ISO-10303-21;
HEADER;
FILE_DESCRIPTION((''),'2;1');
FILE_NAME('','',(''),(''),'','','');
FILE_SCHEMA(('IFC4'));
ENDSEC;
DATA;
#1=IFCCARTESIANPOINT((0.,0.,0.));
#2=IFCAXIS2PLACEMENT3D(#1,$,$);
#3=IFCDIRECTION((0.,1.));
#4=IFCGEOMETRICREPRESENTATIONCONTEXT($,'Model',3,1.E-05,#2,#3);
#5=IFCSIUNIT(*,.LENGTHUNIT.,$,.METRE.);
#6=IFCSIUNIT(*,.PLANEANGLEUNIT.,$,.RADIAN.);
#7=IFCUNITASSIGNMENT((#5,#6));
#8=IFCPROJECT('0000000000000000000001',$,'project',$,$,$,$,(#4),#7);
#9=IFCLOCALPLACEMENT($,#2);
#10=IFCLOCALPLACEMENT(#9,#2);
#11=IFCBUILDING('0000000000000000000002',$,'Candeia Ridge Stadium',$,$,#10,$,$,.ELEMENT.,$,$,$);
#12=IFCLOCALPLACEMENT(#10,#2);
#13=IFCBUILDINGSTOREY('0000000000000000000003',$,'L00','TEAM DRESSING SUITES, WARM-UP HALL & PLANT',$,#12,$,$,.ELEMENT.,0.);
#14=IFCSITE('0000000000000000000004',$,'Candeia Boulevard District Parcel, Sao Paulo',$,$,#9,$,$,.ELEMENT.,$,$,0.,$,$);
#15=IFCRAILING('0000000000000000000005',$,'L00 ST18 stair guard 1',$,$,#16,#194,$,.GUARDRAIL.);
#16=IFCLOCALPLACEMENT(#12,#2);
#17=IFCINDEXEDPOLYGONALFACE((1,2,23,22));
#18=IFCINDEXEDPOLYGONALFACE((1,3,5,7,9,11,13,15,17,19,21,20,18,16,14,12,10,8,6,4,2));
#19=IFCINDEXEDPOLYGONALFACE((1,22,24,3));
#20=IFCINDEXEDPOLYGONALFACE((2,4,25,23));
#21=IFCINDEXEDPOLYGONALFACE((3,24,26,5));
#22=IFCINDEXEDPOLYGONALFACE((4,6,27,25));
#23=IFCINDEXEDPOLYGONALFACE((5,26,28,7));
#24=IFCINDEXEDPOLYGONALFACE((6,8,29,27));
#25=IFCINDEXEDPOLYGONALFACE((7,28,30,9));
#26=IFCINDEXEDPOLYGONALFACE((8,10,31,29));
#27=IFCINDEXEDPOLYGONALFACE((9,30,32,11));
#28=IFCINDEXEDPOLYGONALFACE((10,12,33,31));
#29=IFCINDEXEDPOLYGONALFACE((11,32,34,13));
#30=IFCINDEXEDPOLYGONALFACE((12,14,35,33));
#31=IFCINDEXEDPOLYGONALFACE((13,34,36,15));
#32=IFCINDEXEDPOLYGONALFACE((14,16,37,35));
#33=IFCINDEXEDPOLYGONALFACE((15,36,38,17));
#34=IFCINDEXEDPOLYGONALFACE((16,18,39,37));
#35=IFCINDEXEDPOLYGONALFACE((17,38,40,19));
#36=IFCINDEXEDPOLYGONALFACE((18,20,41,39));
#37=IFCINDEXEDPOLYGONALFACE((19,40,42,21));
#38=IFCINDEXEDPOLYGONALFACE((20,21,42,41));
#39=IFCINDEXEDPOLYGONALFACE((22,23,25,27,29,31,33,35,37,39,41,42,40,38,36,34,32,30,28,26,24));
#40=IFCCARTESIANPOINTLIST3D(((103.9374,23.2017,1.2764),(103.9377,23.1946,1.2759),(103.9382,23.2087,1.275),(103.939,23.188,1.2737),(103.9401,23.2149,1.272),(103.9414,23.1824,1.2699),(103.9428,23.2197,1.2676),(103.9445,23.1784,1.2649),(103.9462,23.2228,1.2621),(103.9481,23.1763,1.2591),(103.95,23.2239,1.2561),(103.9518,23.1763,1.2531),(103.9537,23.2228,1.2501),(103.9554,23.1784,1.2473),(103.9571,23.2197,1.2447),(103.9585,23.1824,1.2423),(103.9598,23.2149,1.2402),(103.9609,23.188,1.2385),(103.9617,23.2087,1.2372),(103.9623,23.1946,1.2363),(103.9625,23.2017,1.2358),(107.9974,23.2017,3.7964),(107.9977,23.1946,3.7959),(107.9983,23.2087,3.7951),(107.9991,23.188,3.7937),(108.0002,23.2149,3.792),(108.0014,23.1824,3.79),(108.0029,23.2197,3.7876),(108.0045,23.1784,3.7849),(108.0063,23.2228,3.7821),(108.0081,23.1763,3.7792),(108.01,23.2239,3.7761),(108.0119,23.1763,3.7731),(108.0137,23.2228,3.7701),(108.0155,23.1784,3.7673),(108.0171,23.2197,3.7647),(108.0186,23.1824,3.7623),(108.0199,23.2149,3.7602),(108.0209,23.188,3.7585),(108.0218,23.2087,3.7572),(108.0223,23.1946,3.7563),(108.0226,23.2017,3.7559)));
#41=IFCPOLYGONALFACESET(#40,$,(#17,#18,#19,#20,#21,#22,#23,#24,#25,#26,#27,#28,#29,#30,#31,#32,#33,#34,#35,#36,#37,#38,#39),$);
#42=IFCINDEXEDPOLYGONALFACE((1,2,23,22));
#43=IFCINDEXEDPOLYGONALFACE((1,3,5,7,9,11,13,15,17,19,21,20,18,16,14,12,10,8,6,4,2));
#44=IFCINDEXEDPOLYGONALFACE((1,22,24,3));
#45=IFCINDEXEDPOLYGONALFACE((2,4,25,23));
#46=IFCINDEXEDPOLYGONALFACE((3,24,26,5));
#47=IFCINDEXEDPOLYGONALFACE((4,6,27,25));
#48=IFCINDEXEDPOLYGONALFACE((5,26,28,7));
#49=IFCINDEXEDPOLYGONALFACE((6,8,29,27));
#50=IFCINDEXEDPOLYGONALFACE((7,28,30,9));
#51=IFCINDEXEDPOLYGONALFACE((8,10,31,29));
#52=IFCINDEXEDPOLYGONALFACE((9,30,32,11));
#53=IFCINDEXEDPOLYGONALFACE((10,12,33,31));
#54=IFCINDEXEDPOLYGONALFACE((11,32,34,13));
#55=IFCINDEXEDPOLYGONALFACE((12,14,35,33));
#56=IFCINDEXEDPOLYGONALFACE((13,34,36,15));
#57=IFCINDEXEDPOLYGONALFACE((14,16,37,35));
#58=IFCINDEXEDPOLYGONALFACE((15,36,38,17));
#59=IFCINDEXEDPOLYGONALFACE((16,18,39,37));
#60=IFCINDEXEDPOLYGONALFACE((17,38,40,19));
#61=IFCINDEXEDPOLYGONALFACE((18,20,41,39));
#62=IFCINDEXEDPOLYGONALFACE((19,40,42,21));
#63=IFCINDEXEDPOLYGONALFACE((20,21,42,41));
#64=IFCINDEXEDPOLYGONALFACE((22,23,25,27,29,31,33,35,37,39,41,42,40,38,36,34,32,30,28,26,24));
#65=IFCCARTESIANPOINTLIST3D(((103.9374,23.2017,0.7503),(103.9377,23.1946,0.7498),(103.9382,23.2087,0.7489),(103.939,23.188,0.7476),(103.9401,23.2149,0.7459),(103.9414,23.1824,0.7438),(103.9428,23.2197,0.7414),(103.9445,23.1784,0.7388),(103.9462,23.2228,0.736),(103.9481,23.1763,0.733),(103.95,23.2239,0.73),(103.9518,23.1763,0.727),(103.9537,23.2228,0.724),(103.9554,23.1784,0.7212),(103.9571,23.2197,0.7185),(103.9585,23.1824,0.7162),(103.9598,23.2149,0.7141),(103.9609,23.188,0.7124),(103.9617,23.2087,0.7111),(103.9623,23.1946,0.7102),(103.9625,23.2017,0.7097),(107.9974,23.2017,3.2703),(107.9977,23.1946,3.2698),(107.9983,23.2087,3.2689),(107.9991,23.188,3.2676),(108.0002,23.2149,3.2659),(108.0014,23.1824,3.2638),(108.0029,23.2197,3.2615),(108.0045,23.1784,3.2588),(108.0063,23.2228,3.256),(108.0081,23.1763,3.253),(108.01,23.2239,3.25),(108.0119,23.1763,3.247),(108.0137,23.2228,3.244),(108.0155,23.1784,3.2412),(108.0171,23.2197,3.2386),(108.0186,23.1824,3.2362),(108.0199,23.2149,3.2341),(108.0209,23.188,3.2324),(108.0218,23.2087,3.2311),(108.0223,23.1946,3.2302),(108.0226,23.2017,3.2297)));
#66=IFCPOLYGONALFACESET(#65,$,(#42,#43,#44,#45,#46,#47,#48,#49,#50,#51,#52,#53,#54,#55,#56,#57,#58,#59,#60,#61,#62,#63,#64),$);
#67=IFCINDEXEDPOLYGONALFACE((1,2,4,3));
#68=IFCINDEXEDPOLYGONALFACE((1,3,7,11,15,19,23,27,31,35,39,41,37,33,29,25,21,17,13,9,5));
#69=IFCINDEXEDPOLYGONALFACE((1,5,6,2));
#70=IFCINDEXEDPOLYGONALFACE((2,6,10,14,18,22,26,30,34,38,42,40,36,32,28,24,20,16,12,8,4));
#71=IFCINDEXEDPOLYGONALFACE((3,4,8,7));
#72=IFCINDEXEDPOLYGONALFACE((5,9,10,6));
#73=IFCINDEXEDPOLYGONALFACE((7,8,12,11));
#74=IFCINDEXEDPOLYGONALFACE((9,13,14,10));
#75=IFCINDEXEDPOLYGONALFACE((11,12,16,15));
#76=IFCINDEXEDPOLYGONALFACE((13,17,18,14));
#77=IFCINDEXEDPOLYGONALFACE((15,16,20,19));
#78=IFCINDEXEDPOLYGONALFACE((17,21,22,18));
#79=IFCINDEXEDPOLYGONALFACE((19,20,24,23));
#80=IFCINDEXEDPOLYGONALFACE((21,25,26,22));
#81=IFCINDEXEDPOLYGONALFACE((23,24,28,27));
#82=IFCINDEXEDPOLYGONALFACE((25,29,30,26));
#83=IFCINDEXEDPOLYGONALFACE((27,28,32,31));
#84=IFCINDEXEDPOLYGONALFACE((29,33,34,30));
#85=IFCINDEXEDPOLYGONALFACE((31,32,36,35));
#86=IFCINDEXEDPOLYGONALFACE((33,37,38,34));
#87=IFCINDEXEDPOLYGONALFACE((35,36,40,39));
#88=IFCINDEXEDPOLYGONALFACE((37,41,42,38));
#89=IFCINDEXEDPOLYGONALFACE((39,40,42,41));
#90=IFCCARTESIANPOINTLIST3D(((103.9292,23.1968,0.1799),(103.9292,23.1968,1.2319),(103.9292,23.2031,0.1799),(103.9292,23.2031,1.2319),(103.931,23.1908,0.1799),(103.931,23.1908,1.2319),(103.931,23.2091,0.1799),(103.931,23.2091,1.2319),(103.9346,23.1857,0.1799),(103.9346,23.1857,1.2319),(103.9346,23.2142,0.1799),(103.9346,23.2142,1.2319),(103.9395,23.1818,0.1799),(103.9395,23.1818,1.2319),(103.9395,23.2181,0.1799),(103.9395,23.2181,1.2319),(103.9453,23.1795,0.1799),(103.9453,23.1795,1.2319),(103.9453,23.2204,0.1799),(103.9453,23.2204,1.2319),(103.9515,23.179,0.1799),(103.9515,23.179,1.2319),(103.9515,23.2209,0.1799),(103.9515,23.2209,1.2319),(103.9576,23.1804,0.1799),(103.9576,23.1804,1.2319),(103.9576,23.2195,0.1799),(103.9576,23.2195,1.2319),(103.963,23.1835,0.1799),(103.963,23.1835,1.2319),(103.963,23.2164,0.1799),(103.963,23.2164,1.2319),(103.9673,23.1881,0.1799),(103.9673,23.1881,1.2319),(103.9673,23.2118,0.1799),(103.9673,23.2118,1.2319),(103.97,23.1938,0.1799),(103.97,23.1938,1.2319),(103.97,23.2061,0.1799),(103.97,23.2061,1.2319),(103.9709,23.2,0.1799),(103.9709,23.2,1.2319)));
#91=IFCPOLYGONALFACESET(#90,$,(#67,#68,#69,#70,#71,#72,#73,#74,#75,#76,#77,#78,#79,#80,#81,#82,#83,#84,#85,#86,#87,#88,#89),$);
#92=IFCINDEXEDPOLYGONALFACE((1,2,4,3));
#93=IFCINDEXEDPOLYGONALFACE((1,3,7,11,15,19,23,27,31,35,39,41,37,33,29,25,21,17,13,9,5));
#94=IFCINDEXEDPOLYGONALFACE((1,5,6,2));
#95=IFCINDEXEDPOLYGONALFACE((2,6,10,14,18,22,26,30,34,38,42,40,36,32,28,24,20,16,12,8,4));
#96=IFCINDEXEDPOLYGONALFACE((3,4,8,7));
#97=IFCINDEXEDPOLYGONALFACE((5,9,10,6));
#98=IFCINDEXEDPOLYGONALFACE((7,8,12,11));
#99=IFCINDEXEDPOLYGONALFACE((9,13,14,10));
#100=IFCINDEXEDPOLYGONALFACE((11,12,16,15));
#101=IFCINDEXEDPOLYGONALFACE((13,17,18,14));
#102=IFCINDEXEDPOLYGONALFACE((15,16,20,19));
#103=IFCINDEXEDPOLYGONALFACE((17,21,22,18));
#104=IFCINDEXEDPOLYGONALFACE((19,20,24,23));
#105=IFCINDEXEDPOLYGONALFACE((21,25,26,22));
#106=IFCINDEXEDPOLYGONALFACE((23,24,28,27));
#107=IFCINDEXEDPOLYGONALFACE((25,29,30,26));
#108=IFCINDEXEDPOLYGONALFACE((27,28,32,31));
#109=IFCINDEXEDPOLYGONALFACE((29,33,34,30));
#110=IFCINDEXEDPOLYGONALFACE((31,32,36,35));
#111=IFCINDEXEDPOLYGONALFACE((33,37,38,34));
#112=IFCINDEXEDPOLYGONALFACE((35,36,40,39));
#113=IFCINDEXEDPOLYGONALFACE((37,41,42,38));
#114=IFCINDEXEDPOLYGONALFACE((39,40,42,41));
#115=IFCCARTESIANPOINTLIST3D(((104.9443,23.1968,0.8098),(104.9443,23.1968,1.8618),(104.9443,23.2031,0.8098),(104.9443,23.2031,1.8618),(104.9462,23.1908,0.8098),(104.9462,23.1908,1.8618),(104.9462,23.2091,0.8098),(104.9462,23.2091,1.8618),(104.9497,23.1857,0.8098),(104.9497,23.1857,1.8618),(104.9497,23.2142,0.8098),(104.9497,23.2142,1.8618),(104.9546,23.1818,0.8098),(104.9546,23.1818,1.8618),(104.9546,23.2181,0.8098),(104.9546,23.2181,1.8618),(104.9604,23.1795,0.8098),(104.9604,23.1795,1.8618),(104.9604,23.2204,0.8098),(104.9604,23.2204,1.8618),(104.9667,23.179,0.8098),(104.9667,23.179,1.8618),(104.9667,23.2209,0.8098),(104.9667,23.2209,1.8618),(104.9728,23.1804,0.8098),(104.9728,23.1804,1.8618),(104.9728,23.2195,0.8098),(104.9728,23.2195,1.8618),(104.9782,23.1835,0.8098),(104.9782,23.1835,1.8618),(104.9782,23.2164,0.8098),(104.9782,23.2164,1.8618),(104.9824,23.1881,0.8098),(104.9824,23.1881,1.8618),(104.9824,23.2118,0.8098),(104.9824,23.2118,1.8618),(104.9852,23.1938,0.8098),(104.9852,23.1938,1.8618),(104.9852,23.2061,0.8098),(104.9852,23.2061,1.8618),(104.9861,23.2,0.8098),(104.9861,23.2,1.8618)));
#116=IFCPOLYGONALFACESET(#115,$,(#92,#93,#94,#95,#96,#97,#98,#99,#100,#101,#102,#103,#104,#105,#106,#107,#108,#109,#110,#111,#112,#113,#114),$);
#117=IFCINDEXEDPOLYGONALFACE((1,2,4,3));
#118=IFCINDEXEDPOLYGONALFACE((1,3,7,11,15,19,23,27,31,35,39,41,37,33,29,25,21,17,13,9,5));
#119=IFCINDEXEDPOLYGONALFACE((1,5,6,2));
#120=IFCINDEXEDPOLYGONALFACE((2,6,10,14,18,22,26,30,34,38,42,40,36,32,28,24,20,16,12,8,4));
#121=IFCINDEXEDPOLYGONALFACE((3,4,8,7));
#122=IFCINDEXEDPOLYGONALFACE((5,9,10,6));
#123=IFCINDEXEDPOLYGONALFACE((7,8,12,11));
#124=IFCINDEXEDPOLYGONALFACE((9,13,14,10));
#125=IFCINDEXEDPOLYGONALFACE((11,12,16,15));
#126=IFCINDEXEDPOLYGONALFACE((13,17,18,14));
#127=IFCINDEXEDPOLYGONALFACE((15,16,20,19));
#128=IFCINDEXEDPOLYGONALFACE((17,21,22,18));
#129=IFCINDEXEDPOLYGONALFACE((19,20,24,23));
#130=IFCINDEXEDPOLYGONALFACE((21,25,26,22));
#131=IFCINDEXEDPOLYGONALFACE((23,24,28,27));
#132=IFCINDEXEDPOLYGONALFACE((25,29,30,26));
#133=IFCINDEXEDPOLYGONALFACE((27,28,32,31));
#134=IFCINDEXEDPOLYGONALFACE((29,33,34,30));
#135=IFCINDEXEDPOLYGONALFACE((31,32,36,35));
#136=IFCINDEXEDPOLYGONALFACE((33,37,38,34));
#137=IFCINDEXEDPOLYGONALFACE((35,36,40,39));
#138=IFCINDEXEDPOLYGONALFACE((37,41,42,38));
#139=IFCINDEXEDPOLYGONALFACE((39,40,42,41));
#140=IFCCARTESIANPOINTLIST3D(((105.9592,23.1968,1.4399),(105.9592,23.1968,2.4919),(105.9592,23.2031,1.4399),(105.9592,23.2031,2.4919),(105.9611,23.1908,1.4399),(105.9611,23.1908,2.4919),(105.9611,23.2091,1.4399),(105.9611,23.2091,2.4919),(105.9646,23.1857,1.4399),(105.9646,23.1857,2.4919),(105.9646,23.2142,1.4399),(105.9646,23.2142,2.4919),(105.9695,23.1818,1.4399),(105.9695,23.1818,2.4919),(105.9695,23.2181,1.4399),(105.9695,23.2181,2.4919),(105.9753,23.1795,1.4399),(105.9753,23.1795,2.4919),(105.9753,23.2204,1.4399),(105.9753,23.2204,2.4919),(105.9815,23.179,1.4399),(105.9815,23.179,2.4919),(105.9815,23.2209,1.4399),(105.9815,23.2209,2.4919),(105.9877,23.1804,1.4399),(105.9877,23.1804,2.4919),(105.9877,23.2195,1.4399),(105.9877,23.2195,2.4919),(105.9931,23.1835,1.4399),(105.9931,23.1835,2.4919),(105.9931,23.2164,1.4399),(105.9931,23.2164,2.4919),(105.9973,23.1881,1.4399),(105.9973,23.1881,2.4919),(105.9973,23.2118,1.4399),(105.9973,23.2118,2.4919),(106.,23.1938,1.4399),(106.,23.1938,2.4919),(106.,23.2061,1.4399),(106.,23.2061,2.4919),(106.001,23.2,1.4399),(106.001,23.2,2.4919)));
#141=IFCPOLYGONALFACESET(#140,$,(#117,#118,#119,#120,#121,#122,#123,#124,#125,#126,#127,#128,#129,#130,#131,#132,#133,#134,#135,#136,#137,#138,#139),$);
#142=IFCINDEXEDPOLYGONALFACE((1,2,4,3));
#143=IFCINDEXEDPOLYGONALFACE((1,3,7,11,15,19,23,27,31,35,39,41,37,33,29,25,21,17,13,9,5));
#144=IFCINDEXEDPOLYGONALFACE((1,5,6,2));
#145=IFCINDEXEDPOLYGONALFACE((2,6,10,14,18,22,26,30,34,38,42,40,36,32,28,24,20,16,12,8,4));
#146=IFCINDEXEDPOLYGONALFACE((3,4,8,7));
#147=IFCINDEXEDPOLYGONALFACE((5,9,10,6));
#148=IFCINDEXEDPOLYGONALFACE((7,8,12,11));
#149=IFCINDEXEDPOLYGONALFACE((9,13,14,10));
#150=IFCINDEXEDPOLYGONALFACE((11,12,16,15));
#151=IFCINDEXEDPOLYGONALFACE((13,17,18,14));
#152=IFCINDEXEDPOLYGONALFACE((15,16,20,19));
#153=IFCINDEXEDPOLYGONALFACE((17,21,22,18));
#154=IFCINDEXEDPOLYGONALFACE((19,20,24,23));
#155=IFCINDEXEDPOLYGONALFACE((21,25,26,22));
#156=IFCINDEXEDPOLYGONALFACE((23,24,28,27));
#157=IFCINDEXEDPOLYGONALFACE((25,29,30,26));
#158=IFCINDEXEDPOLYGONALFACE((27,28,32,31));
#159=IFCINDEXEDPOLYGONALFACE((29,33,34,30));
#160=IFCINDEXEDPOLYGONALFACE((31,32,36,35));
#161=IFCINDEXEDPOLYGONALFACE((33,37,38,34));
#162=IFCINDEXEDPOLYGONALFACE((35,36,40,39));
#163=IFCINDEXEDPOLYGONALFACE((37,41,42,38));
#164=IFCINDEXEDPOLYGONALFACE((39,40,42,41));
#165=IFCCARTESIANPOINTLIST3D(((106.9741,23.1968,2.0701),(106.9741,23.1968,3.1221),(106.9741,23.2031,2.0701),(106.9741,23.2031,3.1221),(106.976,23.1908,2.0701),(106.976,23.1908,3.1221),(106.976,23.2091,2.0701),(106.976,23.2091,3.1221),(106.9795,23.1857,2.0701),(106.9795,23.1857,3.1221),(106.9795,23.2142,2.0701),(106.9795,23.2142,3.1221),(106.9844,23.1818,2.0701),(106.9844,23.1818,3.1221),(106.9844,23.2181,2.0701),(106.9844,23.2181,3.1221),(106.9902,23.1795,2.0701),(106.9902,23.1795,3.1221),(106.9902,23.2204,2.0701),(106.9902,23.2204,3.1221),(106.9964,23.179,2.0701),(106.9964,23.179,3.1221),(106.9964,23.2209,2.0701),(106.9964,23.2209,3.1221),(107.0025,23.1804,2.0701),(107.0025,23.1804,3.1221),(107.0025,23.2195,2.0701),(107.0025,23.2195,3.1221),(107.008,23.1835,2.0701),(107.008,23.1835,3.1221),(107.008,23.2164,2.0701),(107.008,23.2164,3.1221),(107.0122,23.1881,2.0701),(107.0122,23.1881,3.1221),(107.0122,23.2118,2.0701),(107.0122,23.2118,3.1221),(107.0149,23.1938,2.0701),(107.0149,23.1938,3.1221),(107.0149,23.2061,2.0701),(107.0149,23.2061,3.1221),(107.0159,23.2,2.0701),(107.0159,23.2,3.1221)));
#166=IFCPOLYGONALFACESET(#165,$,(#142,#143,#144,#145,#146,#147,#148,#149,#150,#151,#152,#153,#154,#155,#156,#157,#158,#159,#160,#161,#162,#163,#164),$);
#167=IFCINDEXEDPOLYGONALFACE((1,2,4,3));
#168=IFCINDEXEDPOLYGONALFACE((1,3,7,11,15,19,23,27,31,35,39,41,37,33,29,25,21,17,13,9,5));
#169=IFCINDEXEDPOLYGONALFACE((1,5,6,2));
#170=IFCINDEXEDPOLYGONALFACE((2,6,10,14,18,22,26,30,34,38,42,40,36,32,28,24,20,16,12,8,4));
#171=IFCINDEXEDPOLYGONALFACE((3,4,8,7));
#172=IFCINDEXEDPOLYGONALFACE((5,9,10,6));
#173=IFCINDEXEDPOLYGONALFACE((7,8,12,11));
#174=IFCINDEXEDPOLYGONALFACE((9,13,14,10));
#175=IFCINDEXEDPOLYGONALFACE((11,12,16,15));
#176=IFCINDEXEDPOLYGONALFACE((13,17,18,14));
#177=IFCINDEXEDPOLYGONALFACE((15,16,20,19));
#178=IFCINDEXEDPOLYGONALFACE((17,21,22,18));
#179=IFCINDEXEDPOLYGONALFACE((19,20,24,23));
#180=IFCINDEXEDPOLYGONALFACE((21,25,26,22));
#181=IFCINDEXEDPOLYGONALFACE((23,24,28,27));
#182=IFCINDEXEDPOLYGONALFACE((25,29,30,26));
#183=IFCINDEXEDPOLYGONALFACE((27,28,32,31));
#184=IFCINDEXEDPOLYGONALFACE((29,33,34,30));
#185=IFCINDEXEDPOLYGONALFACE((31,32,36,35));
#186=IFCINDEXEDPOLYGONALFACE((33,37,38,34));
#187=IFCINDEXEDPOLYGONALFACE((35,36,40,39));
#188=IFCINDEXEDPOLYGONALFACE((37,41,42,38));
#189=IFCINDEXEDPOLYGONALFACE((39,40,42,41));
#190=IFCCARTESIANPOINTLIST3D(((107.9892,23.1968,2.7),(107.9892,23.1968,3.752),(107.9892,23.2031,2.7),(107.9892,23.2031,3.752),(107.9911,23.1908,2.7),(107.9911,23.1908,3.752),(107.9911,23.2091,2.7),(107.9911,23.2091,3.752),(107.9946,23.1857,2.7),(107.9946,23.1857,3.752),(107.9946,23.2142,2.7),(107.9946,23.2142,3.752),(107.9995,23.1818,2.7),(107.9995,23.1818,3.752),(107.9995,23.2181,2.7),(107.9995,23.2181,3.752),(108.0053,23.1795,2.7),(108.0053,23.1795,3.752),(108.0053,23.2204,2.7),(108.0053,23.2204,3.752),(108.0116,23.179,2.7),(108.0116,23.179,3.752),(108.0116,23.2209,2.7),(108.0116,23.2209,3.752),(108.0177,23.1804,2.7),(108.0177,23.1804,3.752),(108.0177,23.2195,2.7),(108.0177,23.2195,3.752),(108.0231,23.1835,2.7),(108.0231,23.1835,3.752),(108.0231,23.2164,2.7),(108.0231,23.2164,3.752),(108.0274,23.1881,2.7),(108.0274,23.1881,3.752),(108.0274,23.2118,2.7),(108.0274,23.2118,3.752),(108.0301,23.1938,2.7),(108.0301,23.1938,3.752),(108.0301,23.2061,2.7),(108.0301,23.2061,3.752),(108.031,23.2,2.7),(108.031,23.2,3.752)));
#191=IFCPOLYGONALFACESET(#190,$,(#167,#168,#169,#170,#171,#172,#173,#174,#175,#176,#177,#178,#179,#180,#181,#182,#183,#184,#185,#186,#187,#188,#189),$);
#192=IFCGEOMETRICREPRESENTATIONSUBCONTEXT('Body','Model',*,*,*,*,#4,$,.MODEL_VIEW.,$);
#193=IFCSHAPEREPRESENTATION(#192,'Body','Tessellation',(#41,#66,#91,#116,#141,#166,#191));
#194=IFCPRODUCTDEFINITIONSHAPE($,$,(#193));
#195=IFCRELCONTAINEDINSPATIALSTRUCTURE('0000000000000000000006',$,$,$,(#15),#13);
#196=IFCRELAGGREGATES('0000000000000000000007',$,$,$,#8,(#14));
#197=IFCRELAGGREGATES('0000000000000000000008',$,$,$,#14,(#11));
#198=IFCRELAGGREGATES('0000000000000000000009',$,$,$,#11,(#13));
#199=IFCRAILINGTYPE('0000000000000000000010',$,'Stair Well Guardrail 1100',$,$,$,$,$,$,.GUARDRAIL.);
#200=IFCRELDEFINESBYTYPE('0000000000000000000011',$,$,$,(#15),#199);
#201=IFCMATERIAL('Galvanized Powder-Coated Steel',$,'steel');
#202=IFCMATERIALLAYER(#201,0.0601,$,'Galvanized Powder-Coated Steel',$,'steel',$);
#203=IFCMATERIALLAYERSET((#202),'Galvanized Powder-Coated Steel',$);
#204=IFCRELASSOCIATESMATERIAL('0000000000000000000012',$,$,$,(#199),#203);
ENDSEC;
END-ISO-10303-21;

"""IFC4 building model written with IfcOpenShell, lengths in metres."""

from ifc_helpers import new_model, si_unit, direction, frame, origin, origin_2d, place, context, subcontext, project, spatial, circle, extrude, material, layer, layer_set, type_object, element, save


model = new_model("IFC4")

# Units and contexts
model_context = context("Model", 3, precision=1e-05, world=origin(), true_north=direction((0.0, 1.0)))
body_context = subcontext(model_context, "Body", "Model", "MODEL_VIEW")
ifc_project = project(units=[si_unit("LENGTHUNIT", "METRE"), si_unit("PLANEANGLEUNIT", "RADIAN")], contexts=[model_context])

# Site, building, storey
site_placement = place(None, origin())
site = spatial("IfcSite", under=ifc_project, at=site_placement, Name="Candeia Boulevard District Parcel, Sao Paulo", CompositionType="ELEMENT", RefElevation=0.0)
building_placement = place(site_placement, origin())
building = spatial("IfcBuilding", under=site, at=building_placement, Name="Candeia Ridge Stadium", CompositionType="ELEMENT")
storey_placement = place(building_placement, origin())
storey = spatial("IfcBuildingStorey", under=building, at=storey_placement, Name="L00", Description="TEAM DRESSING SUITES, WARM-UP HALL & PLANT", CompositionType="ELEMENT", Elevation=0.0)

# Railing
ifc_material_1 = material(Name="Galvanized Powder-Coated Steel", Category="steel")
ifc_layer_1 = layer(ifc_material_1, 0.0601, Name="Galvanized Powder-Coated Steel", Category="steel")
ifc_layer_set_1 = layer_set([ifc_layer_1], Name="Galvanized Powder-Coated Steel")
railing_type_1 = type_object("IfcRailingType", Name="Stair Well Guardrail 1100", PredefinedType="GUARDRAIL", material=ifc_layer_set_1)
railing_1_placement = place(storey_placement, frame((103.95, 23.2, 0.1799)))
element("IfcRailing", 1, at=railing_1_placement, inside=storey, type_object=railing_type_1, Name="L00 ST18 stair guard 1", PredefinedType="GUARDRAIL", context=body_context, shape_type="SweptSolid", body=[
    extrude(circle(Radius=0.0239, at=origin_2d()), frame((0.0, 0.0, 1.0762), z_axis=(0.849642, 0.0, 0.52736), x_axis=(0.0, 1.0, 0.0)), (0.0, 0.0, 1.0), 4.7786),
    extrude(circle(Radius=0.0239, at=origin_2d()), frame((0.0, 0.0, 0.55), z_axis=(0.849642, 0.0, 0.52736), x_axis=(0.0, 1.0, 0.0)), (0.0, 0.0, 1.0), 4.7786),
    extrude(circle(Radius=0.021, at=origin_2d()), origin(), (0.0, 0.0, 1.0), 1.052),
    extrude(circle(Radius=0.021, at=origin_2d()), frame((1.0151, 0.0, 0.6299)), (0.0, 0.0, 1.0), 1.052),
    extrude(circle(Radius=0.021, at=origin_2d()), frame((2.03, 0.0, 1.26)), (0.0, 0.0, 1.0), 1.052),
    extrude(circle(Radius=0.021, at=origin_2d()), frame((3.0449, 0.0, 1.8901)), (0.0, 0.0, 1.0), 1.052),
    extrude(circle(Radius=0.021, at=origin_2d()), frame((4.0601, 0.0, 2.52)), (0.0, 0.0, 1.0), 1.052),
])

save(model, "model.ifc")
